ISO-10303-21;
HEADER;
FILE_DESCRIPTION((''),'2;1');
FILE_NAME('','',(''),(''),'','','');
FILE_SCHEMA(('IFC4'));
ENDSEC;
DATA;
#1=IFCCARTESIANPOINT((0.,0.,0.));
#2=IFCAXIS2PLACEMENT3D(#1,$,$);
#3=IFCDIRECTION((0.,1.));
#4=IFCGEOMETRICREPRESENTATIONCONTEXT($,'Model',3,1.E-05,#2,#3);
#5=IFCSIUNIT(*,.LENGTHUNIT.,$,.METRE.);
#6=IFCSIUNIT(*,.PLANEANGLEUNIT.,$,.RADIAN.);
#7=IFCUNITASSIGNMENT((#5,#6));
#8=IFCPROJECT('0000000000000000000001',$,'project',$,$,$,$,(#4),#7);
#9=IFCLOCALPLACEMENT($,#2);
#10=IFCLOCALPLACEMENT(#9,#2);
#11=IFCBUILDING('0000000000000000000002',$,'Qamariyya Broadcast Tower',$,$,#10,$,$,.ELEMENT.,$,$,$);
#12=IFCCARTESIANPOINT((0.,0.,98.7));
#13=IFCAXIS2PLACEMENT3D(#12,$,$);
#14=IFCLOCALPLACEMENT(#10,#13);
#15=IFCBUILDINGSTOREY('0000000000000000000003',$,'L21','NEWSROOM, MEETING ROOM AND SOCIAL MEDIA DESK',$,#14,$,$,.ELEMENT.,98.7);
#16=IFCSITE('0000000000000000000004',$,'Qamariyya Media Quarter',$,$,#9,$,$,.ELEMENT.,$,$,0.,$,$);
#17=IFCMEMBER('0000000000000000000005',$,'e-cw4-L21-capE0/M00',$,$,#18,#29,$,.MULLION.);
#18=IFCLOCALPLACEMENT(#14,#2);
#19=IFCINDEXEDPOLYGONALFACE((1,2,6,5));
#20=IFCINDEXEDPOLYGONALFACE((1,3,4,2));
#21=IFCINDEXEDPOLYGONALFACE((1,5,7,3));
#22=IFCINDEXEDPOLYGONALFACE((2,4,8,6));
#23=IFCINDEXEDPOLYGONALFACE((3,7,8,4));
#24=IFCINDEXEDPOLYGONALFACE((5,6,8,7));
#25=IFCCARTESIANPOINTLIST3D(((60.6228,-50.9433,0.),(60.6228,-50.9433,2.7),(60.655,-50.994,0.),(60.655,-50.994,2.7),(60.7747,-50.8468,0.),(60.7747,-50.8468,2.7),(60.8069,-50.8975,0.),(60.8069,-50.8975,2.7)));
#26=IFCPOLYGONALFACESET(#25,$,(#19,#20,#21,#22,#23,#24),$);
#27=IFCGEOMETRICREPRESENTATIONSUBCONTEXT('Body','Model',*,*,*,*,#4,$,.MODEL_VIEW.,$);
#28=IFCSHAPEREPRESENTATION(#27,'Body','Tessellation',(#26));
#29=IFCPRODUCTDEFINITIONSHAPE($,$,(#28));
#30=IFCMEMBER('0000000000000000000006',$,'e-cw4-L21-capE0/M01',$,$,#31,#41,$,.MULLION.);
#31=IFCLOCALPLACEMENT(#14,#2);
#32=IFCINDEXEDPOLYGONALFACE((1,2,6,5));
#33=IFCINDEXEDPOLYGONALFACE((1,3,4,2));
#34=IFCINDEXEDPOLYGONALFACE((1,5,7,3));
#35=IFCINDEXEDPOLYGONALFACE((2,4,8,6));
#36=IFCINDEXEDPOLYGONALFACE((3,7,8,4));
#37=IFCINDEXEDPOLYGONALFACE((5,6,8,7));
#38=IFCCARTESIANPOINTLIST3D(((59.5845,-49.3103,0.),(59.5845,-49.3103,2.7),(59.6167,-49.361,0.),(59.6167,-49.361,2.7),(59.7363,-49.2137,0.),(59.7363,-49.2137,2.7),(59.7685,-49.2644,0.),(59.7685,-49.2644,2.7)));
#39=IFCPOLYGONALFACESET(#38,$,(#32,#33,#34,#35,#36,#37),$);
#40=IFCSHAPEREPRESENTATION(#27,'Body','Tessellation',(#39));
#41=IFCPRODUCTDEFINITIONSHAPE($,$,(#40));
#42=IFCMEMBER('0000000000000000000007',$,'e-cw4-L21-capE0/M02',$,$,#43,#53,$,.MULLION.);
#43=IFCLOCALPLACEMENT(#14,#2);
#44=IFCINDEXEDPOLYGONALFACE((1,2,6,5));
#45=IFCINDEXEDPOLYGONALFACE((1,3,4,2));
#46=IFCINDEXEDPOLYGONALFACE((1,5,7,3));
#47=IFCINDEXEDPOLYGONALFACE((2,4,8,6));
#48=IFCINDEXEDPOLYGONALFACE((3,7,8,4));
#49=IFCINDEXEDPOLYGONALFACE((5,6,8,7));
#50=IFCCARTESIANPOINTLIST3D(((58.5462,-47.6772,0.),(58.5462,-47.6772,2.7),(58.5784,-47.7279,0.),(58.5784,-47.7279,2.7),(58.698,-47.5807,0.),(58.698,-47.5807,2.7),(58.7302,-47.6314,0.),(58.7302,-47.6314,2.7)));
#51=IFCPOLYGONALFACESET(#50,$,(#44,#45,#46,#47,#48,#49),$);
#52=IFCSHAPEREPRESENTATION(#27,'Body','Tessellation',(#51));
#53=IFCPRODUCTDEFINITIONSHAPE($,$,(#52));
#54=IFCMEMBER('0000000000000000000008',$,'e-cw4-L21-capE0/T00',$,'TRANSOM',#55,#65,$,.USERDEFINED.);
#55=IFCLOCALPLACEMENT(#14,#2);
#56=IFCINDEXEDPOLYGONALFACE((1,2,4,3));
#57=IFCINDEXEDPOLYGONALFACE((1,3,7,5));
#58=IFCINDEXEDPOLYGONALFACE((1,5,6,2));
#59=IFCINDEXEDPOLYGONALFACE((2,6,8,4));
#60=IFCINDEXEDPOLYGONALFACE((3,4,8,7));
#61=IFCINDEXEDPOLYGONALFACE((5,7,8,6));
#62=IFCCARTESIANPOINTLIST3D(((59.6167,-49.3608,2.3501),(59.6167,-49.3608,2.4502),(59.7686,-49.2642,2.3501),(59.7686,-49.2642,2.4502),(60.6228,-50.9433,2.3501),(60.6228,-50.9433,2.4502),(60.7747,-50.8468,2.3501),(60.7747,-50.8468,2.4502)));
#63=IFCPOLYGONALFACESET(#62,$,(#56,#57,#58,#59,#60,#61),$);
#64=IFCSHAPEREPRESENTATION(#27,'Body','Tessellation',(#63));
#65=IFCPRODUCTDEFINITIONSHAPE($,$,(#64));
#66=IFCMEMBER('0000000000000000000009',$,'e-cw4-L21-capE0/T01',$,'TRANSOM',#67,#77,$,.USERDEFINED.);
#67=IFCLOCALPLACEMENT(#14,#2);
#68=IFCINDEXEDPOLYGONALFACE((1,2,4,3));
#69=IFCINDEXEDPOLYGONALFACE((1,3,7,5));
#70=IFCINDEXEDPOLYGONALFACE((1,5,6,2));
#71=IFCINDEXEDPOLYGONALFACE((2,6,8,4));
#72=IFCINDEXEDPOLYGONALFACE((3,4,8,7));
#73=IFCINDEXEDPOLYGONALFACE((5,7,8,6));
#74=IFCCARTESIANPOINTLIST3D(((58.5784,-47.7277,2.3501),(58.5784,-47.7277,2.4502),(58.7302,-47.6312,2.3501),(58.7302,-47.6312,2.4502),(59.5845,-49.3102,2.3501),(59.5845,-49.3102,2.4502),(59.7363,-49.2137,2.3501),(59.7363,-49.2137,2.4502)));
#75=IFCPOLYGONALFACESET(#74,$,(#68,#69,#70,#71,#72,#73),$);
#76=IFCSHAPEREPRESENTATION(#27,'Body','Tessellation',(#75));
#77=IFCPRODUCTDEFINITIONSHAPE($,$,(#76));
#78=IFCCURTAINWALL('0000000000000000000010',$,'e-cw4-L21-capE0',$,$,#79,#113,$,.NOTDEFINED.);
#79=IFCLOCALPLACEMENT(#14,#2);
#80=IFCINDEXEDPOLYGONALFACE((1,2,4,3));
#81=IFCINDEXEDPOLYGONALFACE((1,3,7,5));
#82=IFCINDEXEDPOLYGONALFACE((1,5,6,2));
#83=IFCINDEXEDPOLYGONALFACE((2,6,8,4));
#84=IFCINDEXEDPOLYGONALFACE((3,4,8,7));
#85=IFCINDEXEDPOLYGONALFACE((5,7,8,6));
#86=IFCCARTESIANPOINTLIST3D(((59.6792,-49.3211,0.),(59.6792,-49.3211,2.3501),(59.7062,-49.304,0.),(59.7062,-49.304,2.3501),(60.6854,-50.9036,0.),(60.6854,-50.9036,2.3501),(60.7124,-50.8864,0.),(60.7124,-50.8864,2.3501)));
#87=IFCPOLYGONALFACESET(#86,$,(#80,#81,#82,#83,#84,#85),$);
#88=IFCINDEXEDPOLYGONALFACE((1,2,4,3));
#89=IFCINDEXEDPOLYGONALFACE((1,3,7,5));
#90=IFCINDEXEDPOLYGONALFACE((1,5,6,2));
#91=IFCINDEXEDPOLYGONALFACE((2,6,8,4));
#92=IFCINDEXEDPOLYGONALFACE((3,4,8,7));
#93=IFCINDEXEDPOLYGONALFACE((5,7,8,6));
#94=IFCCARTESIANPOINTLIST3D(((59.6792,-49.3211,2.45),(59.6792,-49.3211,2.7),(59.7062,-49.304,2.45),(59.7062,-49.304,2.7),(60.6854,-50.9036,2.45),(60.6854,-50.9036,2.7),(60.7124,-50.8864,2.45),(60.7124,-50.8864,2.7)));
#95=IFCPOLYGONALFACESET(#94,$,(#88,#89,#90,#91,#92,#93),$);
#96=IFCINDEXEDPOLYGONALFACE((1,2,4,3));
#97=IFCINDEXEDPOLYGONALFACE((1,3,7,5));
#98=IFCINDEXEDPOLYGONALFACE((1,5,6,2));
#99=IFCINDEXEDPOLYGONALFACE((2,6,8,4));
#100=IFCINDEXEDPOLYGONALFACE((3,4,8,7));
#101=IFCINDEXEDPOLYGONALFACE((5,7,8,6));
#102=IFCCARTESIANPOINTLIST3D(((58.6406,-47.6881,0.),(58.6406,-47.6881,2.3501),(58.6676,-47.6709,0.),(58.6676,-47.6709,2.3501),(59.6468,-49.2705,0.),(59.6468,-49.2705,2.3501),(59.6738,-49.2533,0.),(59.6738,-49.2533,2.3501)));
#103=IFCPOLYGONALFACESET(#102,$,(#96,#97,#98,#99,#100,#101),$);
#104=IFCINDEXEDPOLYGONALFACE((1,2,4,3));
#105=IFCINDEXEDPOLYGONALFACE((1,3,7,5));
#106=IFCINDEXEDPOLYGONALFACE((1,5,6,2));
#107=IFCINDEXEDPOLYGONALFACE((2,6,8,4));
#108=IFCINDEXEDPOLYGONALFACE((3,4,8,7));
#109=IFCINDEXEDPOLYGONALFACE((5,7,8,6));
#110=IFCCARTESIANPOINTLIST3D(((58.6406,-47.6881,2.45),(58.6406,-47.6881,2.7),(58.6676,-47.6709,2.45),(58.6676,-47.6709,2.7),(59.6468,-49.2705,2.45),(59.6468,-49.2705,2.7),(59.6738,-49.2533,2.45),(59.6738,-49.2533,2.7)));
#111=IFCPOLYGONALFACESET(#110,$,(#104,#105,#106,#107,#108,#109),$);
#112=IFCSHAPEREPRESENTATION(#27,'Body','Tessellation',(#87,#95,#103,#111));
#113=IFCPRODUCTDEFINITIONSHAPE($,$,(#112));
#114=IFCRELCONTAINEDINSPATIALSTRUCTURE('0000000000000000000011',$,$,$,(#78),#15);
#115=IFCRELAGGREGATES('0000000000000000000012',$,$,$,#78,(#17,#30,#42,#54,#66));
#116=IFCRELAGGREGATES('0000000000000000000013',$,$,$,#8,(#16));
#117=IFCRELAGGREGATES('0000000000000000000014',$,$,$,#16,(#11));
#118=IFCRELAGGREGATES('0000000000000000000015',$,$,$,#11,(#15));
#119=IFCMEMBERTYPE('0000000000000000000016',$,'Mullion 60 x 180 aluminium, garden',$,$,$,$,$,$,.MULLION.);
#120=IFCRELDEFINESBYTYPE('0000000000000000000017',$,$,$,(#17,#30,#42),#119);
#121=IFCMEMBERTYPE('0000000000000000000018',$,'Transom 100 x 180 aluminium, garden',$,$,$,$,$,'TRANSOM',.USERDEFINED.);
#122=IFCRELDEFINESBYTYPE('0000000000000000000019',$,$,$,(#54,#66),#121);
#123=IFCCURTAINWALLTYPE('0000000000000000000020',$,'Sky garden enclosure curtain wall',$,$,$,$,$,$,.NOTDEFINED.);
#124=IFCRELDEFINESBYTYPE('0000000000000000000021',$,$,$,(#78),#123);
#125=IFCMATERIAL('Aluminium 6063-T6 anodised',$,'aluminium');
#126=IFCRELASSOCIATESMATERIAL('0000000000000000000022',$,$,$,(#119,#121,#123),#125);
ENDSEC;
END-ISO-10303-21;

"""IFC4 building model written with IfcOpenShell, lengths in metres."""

from ifc_helpers import new_model, si_unit, direction, frame, origin, origin_2d, place, context, subcontext, project, spatial, rectangle, extrude, material, material_profile, profile_set, type_object, element, aggregate, save


model = new_model("IFC4")

# Units and contexts
model_context = context("Model", 3, precision=1e-05, world=origin(), true_north=direction((0.0, 1.0)))
body_context = subcontext(model_context, "Body", "Model", "MODEL_VIEW")
ifc_project = project(units=[si_unit("LENGTHUNIT", "METRE"), si_unit("PLANEANGLEUNIT", "RADIAN")], contexts=[model_context])

# Members
ifc_material = material(Name="Aluminium 6063-T6 anodised", Category="aluminium")
ifc_material_profile_1 = material_profile(ifc_material, rectangle(XDim=0.1799, YDim=0.0601, at=origin_2d()))
ifc_profile_set_1 = profile_set([ifc_material_profile_1], Name="Aluminium 6063-T6 anodised")
member_type_1 = type_object("IfcMemberType", Name="Mullion 60 x 180 aluminium, garden", PredefinedType="MULLION", material=ifc_profile_set_1)
site_placement = place(None, origin())
building_placement = place(site_placement, origin())
storey_placement = place(building_placement, frame((0.0, 0.0, 98.7)))
member_1_placement = place(storey_placement, frame((60.7148, -50.9204, 0.0), z_axis=(0.0, 0.0, 1.0), x_axis=(-0.84388, -0.536532, 0.0)))
member_1 = element("IfcMember", 1, at=member_1_placement, type_object=member_type_1, Name="e-cw4-L21-capE0/M00", PredefinedType="MULLION", context=body_context, shape_type="SweptSolid", body=[
    extrude(rectangle(XDim=0.1799, YDim=0.0601, at=origin_2d()), origin(), (0.0, 0.0, 1.0), 2.7),
])
member_2_placement = place(storey_placement, frame((59.6765, -49.2874, 0.0), z_axis=(0.0, 0.0, 1.0), x_axis=(-0.84388, -0.536532, 0.0)))
member_2 = element("IfcMember", 2, at=member_2_placement, type_object=member_type_1, Name="e-cw4-L21-capE0/M01", PredefinedType="MULLION", context=body_context, shape_type="SweptSolid", body=[
    extrude(rectangle(XDim=0.1799, YDim=0.0601, at=origin_2d()), origin(), (0.0, 0.0, 1.0), 2.7),
])
member_3_placement = place(storey_placement, frame((58.6382, -47.6543, 0.0), z_axis=(0.0, 0.0, 1.0), x_axis=(-0.84388, -0.536532, 0.0)))
member_3 = element("IfcMember", 3, at=member_3_placement, type_object=member_type_1, Name="e-cw4-L21-capE0/M02", PredefinedType="MULLION", context=body_context, shape_type="SweptSolid", body=[
    extrude(rectangle(XDim=0.1799, YDim=0.0601, at=origin_2d()), origin(), (0.0, 0.0, 1.0), 2.7),
])
ifc_material_profile_2 = material_profile(ifc_material, rectangle(XDim=0.1799, YDim=0.1001, at=origin_2d()))
ifc_profile_set_2 = profile_set([ifc_material_profile_2], Name="Aluminium 6063-T6 anodised")
member_type_2 = type_object("IfcMemberType", Name="Transom 100 x 180 aluminium, garden", ElementType="TRANSOM", PredefinedType="USERDEFINED", material=ifc_profile_set_2)
member_4_placement = place(storey_placement, frame((60.6987, -50.895, 2.4001), z_axis=(-0.536513, 0.843892, 0.0), x_axis=(-0.843892, -0.536513, 0.0)))
member_4 = element("IfcMember", 4, at=member_4_placement, type_object=member_type_2, Name="e-cw4-L21-capE0/T00", ObjectType="TRANSOM", PredefinedType="USERDEFINED", context=body_context, shape_type="SweptSolid", body=[
    extrude(rectangle(XDim=0.1799, YDim=0.1001, at=origin_2d()), origin(), (0.0, 0.0, 1.0), 1.8752),
])
member_5_placement = place(storey_placement, frame((59.6604, -49.262, 2.4001), z_axis=(-0.536513, 0.843892, 0.0), x_axis=(-0.843892, -0.536513, 0.0)))
member_5 = element("IfcMember", 5, at=member_5_placement, type_object=member_type_2, Name="e-cw4-L21-capE0/T01", ObjectType="TRANSOM", PredefinedType="USERDEFINED", context=body_context, shape_type="SweptSolid", body=[
    extrude(rectangle(XDim=0.1799, YDim=0.1001, at=origin_2d()), origin(), (0.0, 0.0, 1.0), 1.8752),
])

# Site, building, storey
site = spatial("IfcSite", under=ifc_project, at=site_placement, Name="Qamariyya Media Quarter", CompositionType="ELEMENT", RefElevation=0.0)
building = spatial("IfcBuilding", under=site, at=building_placement, Name="Qamariyya Broadcast Tower", CompositionType="ELEMENT")
storey = spatial("IfcBuildingStorey", under=building, at=storey_placement, Name="L21", Description="NEWSROOM, MEETING ROOM AND SOCIAL MEDIA DESK", CompositionType="ELEMENT", Elevation=98.7)

# Curtain wall
curtain_wall_type = type_object("IfcCurtainWallType", Name="Sky garden enclosure curtain wall", PredefinedType="NOTDEFINED", material=ifc_material)
curtain_wall_1_placement = place(storey_placement, origin())
curtain_wall_1 = element("IfcCurtainWall", 6, at=curtain_wall_1_placement, inside=storey, type_object=curtain_wall_type, Name="e-cw4-L21-capE0", PredefinedType="NOTDEFINED", context=body_context, shape_type="SweptSolid", body=[
    extrude(rectangle(XDim=1.8752, YDim=0.032, at=origin_2d()), frame((60.1958, -50.1038, 0.0), x_axis=(-0.536566, 0.843858, 0.0)), (0.0, 0.0, 1.0), 2.3501),
    extrude(rectangle(XDim=1.8752, YDim=0.032, at=origin_2d()), frame((60.1958, -50.1038, 2.45), x_axis=(-0.536566, 0.843858, 0.0)), (0.0, 0.0, 1.0), 0.25),
    extrude(rectangle(XDim=1.8752, YDim=0.032, at=origin_2d()), frame((59.1572, -48.4707, 0.0), x_axis=(-0.536566, 0.843858, 0.0)), (0.0, 0.0, 1.0), 2.3501),
    extrude(rectangle(XDim=1.8752, YDim=0.032, at=origin_2d()), frame((59.1572, -48.4707, 2.45), x_axis=(-0.536566, 0.843858, 0.0)), (0.0, 0.0, 1.0), 0.25),
])
aggregate(curtain_wall_1, [member_1, member_2, member_3, member_4, member_5])

save(model, "model.ifc")
